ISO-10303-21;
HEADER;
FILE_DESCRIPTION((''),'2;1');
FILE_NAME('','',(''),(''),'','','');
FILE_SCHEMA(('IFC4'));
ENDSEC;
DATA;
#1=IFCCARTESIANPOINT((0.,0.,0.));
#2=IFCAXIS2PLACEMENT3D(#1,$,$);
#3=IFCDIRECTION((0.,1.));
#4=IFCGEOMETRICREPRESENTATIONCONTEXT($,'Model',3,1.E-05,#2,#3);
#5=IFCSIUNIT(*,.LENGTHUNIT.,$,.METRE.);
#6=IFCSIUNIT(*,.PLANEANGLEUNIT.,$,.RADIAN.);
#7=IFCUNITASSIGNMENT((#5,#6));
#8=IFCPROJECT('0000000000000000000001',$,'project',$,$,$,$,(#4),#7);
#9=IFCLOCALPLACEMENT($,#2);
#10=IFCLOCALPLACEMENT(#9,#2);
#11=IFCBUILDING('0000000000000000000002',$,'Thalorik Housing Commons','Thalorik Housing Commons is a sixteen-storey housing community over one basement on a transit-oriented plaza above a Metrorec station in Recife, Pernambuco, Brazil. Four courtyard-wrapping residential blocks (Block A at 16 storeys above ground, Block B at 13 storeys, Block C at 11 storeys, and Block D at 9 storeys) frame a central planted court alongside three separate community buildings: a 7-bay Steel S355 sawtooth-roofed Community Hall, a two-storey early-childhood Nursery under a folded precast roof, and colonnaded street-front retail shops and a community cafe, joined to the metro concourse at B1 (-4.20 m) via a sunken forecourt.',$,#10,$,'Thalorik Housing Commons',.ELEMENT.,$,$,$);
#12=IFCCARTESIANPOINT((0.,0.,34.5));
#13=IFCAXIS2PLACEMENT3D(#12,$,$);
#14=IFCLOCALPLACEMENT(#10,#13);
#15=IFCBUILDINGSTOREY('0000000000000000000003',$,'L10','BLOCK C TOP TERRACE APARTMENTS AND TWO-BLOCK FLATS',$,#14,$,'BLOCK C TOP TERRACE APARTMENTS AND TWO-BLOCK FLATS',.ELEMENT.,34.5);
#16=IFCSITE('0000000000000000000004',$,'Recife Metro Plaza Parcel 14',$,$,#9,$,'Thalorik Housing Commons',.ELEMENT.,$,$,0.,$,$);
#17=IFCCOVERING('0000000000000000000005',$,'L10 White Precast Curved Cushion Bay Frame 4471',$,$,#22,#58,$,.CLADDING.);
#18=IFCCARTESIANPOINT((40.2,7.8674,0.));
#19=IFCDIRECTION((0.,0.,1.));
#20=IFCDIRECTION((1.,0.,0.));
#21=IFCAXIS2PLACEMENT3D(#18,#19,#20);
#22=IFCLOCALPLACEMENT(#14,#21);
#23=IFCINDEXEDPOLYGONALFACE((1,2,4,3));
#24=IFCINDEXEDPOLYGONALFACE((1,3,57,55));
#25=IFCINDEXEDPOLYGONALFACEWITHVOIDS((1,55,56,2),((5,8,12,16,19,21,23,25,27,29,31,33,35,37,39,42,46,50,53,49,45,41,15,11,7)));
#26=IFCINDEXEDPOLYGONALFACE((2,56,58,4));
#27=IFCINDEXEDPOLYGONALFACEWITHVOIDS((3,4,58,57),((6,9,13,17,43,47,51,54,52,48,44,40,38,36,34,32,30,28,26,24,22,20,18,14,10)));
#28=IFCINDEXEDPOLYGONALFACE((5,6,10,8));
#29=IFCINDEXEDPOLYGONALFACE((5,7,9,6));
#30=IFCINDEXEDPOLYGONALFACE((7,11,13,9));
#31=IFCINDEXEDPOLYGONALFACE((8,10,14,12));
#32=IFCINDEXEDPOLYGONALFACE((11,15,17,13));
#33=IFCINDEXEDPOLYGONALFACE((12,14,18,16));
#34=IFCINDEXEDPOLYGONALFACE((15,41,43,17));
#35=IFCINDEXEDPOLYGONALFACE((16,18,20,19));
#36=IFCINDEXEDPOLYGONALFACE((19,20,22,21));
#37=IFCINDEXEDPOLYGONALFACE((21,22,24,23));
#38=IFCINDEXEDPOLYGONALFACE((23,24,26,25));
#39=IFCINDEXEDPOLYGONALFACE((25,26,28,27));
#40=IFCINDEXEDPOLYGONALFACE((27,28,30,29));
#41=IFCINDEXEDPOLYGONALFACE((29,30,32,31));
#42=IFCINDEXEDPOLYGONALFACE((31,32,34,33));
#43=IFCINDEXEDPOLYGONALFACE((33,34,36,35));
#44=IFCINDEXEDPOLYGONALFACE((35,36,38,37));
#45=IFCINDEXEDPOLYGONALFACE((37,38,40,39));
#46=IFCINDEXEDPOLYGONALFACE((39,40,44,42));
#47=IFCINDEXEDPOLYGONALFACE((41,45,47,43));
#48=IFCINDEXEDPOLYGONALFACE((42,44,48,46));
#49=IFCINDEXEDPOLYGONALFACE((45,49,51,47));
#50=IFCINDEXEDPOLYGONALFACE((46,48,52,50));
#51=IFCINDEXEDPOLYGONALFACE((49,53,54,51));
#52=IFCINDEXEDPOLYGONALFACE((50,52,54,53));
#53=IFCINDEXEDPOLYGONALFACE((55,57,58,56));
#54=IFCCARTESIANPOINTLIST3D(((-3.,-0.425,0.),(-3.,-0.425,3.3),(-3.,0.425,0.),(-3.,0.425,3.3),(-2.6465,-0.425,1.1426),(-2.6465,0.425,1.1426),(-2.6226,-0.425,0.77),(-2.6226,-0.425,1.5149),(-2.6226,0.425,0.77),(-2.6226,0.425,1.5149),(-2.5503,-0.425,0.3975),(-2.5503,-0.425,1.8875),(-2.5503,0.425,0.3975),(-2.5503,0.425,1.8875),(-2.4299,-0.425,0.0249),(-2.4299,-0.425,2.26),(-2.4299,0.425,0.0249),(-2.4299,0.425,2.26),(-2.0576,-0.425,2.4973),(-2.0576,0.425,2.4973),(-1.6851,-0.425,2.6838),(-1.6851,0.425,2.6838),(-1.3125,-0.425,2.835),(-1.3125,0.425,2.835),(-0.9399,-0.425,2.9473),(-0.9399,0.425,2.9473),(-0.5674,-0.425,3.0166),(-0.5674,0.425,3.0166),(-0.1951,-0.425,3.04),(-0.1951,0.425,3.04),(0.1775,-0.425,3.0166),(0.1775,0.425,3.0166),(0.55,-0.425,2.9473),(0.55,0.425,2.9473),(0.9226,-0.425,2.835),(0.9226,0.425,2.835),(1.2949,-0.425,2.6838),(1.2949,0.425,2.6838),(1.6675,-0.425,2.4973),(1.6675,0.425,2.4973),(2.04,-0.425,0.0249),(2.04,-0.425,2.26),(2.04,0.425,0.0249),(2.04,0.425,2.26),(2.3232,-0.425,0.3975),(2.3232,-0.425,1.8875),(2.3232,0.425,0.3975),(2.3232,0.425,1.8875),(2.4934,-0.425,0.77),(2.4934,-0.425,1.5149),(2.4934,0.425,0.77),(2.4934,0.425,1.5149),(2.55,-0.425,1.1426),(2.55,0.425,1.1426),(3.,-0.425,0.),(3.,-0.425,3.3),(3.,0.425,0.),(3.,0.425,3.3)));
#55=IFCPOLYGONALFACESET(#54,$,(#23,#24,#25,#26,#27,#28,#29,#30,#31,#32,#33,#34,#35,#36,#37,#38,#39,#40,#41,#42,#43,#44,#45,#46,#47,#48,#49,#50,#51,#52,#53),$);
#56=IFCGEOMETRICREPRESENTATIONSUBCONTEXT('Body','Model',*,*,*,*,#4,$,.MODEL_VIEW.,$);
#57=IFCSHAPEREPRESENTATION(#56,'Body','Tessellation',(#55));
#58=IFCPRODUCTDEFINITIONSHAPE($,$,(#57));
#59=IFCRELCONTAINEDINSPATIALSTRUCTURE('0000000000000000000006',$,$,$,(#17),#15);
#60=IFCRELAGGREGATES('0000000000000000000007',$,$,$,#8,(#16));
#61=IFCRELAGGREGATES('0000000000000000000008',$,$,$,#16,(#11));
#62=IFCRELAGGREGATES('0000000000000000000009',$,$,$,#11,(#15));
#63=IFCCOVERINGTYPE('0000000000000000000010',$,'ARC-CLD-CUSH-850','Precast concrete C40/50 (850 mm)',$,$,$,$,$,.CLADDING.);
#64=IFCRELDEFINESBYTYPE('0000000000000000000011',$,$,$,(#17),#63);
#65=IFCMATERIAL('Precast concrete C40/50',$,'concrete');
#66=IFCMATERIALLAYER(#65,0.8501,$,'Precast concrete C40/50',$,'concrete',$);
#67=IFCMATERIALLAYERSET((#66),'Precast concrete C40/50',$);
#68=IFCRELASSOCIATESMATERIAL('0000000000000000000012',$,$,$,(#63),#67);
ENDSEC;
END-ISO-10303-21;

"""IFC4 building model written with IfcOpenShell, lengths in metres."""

from ifc_helpers import new_model, si_unit, direction, frame, origin, place, context, subcontext, project, spatial, polyline, outline, extrude, material, layer, layer_set, type_object, element, save


model = new_model("IFC4")

# Units and contexts
model_context = context("Model", 3, precision=1e-05, world=origin(), true_north=direction((0.0, 1.0)))
body_context = subcontext(model_context, "Body", "Model", "MODEL_VIEW")
ifc_project = project(units=[si_unit("LENGTHUNIT", "METRE"), si_unit("PLANEANGLEUNIT", "RADIAN")], contexts=[model_context])

# Site, building, storey
site_placement = place(None, origin())
site = spatial("IfcSite", under=ifc_project, at=site_placement, Name="Recife Metro Plaza Parcel 14", LongName="Thalorik Housing Commons", CompositionType="ELEMENT", RefElevation=0.0)
building_placement = place(site_placement, origin())
building = spatial("IfcBuilding", under=site, at=building_placement, Name="Thalorik Housing Commons", Description="Thalorik Housing Commons is a sixteen-storey housing community over one basement on a transit-oriented plaza above a Metrorec station in Recife, Pernambuco, Brazil. Four courtyard-wrapping residential blocks (Block A at 16 storeys above ground, Block B at 13 storeys, Block C at 11 storeys, and Block D at 9 storeys) frame a central planted court alongside three separate community buildings: a 7-bay Steel S355 sawtooth-roofed Community Hall, a two-storey early-childhood Nursery under a folded precast roof, and colonnaded street-front retail shops and a community cafe, joined to the metro concourse at B1 (-4.20 m) via a sunken forecourt.", LongName="Thalorik Housing Commons", CompositionType="ELEMENT")
storey_placement = place(building_placement, frame((0.0, 0.0, 34.5)))
storey = spatial("IfcBuildingStorey", under=building, at=storey_placement, Name="L10", Description="BLOCK C TOP TERRACE APARTMENTS AND TWO-BLOCK FLATS", LongName="BLOCK C TOP TERRACE APARTMENTS AND TWO-BLOCK FLATS", CompositionType="ELEMENT", Elevation=34.5)

# Shared definitions
ifc_material_1 = material(Name="Precast concrete C40/50", Category="concrete")

# Covering
ifc_layer_1 = layer(ifc_material_1, 0.8501, Name="Precast concrete C40/50", Category="concrete")
ifc_layer_set_1 = layer_set([ifc_layer_1], Name="Precast concrete C40/50")
covering_type_1 = type_object("IfcCoveringType", Name="ARC-CLD-CUSH-850", Description="Precast concrete C40/50 (850 mm)", PredefinedType="CLADDING", material=ifc_layer_set_1)
covering_1_placement = place(storey_placement, frame((40.2, 7.8674, 0.0), z_axis=(0.0, 0.0, 1.0), x_axis=(1.0, 0.0, 0.0)))
element("IfcCovering", 1, at=covering_1_placement, inside=storey, type_object=covering_type_1, Name="L10 White Precast Curved Cushion Bay Frame 4471", PredefinedType="CLADDING", context=body_context, shape_type="SweptSolid", body=[
    extrude(outline(polyline([(-3.0, 0.0), (3.0, 0.0), (3.0, 3.3), (-3.0, 3.3), (-3.0, 0.0)]), holes=[polyline([(2.04, 0.0249), (2.3232, 0.3975), (2.4934, 0.77), (2.55, 1.1426), (2.4934, 1.5149), (2.3232, 1.8875), (2.04, 2.26), (1.6675, 2.4973), (1.2949, 2.6838), (0.9226, 2.835), (0.55, 2.9473), (0.1775, 3.0166), (-0.1951, 3.04), (-0.5674, 3.0166), (-0.9399, 2.9473), (-1.3125, 2.835), (-1.6851, 2.6838), (-2.0576, 2.4973), (-2.4299, 2.26), (-2.5503, 1.8875), (-2.6226, 1.5149), (-2.6465, 1.1426), (-2.6226, 0.77), (-2.5503, 0.3975), (-2.4299, 0.0249), (2.04, 0.0249)])]), frame((0.0, 0.425, 0.0), z_axis=(0.0, -1.0, 0.0), x_axis=(1.0, 0.0, 0.0)), (0.0, 0.0, 1.0), 0.8501),
])

save(model, "model.ifc")
